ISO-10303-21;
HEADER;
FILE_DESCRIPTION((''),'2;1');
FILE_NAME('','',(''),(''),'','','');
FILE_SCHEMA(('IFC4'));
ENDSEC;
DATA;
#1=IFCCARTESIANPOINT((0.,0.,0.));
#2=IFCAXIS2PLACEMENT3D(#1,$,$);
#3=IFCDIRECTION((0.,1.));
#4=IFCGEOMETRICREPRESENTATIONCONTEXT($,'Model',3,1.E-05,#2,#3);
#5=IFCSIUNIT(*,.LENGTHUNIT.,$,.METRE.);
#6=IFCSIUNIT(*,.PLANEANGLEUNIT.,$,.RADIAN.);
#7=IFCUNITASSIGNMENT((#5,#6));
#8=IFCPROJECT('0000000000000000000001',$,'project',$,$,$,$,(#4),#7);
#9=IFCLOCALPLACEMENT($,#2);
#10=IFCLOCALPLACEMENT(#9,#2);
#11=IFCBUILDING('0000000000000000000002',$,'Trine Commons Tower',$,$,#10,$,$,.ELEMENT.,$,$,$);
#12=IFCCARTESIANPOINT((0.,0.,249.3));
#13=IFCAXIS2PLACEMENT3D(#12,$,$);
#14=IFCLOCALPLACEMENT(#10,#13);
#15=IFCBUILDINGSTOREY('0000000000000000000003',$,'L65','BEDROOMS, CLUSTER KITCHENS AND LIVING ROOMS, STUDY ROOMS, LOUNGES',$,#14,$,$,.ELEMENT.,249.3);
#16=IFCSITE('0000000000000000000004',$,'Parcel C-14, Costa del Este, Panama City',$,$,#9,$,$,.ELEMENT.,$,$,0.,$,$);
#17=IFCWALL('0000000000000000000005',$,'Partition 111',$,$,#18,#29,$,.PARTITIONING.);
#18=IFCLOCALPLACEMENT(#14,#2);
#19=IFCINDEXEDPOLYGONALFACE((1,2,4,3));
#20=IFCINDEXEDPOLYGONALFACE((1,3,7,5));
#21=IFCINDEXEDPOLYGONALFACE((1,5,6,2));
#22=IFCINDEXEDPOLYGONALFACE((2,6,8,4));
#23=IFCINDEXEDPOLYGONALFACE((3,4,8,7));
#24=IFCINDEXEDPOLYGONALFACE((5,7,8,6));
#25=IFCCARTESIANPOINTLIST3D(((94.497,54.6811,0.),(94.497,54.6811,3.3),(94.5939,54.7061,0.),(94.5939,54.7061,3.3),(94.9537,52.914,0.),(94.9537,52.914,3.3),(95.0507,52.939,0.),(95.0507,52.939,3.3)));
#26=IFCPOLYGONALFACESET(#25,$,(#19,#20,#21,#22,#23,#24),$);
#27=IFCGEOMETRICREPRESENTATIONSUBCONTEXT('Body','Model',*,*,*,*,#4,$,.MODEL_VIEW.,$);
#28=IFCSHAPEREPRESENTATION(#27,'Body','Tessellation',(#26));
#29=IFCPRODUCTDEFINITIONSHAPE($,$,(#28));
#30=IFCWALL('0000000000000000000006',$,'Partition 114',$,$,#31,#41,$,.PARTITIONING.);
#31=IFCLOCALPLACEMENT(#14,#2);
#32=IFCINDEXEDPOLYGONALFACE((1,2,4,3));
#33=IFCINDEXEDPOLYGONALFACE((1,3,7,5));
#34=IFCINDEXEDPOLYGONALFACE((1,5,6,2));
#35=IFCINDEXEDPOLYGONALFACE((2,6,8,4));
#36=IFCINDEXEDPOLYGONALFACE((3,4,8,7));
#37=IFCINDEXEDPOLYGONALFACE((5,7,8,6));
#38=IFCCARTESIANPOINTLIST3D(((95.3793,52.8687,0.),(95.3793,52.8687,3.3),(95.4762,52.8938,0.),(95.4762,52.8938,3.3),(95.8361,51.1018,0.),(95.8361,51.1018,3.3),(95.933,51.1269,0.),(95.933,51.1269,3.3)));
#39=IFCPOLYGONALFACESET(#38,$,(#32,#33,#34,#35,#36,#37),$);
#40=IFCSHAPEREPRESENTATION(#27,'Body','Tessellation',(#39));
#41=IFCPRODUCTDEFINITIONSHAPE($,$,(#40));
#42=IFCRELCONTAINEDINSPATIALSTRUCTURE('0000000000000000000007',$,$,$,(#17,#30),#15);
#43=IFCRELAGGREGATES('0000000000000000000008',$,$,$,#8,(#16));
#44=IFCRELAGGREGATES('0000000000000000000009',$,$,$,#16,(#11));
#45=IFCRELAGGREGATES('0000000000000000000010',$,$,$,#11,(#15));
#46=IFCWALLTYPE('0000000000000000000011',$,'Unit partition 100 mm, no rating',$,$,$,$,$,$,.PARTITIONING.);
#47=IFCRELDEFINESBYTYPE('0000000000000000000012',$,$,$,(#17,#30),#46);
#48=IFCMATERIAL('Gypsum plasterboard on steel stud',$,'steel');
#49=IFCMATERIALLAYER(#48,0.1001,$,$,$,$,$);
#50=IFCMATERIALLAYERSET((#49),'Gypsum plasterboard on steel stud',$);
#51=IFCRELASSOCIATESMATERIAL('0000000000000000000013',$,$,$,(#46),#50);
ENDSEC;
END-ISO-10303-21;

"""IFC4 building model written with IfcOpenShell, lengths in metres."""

from ifc_helpers import new_model, si_unit, direction, frame, frame_2d, origin, place, context, subcontext, project, spatial, rectangle, extrude, material, layer, layer_set, type_object, element, save


model = new_model("IFC4")

# Units and contexts
model_context = context("Model", 3, precision=1e-05, world=origin(), true_north=direction((0.0, 1.0)))
body_context = subcontext(model_context, "Body", "Model", "MODEL_VIEW")
ifc_project = project(units=[si_unit("LENGTHUNIT", "METRE"), si_unit("PLANEANGLEUNIT", "RADIAN")], contexts=[model_context])

# Site, building, storey
site_placement = place(None, origin())
site = spatial("IfcSite", under=ifc_project, at=site_placement, Name="Parcel C-14, Costa del Este, Panama City", CompositionType="ELEMENT", RefElevation=0.0)
building_placement = place(site_placement, origin())
building = spatial("IfcBuilding", under=site, at=building_placement, Name="Trine Commons Tower", CompositionType="ELEMENT")
storey_placement = place(building_placement, frame((0.0, 0.0, 249.3)))
storey = spatial("IfcBuildingStorey", under=building, at=storey_placement, Name="L65", Description="BEDROOMS, CLUSTER KITCHENS AND LIVING ROOMS, STUDY ROOMS, LOUNGES", CompositionType="ELEMENT", Elevation=249.3)

# Shared definitions
ifc_material_1 = material(Name="Gypsum plasterboard on steel stud", Category="steel")

# Shared definitions
ifc_layer_1 = layer(ifc_material_1, 0.1001)
ifc_layer_set_1 = layer_set([ifc_layer_1], Name="Gypsum plasterboard on steel stud")
wall_type_1 = type_object("IfcWallType", Name="Unit partition 100 mm, no rating", PredefinedType="PARTITIONING", material=ifc_layer_set_1)

# Walls
wall_1_placement = place(storey_placement, frame((94.5454, 54.6936, 0.0), z_axis=(0.0, 0.0, 1.0), x_axis=(0.25027, -0.968176, 0.0)))
element("IfcWall", 1, at=wall_1_placement, inside=storey, type_object=wall_type_1, Name="Partition 111", PredefinedType="PARTITIONING", context=body_context, shape_type="SweptSolid", body=[
    extrude(rectangle(XDim=1.8252, YDim=0.1001, at=frame_2d((0.9126, 0.0))), origin(), (0.0, 0.0, 1.0), 3.3),
])
wall_2_placement = place(storey_placement, frame((95.4277, 52.8813, 0.0), z_axis=(0.0, 0.0, 1.0), x_axis=(0.250303, -0.968168, 0.0)))
element("IfcWall", 2, at=wall_2_placement, inside=storey, type_object=wall_type_1, Name="Partition 114", PredefinedType="PARTITIONING", context=body_context, shape_type="SweptSolid", body=[
    extrude(rectangle(XDim=1.825, YDim=0.1001, at=frame_2d((0.9126, 0.0))), origin(), (0.0, 0.0, 1.0), 3.3),
])

save(model, "model.ifc")
